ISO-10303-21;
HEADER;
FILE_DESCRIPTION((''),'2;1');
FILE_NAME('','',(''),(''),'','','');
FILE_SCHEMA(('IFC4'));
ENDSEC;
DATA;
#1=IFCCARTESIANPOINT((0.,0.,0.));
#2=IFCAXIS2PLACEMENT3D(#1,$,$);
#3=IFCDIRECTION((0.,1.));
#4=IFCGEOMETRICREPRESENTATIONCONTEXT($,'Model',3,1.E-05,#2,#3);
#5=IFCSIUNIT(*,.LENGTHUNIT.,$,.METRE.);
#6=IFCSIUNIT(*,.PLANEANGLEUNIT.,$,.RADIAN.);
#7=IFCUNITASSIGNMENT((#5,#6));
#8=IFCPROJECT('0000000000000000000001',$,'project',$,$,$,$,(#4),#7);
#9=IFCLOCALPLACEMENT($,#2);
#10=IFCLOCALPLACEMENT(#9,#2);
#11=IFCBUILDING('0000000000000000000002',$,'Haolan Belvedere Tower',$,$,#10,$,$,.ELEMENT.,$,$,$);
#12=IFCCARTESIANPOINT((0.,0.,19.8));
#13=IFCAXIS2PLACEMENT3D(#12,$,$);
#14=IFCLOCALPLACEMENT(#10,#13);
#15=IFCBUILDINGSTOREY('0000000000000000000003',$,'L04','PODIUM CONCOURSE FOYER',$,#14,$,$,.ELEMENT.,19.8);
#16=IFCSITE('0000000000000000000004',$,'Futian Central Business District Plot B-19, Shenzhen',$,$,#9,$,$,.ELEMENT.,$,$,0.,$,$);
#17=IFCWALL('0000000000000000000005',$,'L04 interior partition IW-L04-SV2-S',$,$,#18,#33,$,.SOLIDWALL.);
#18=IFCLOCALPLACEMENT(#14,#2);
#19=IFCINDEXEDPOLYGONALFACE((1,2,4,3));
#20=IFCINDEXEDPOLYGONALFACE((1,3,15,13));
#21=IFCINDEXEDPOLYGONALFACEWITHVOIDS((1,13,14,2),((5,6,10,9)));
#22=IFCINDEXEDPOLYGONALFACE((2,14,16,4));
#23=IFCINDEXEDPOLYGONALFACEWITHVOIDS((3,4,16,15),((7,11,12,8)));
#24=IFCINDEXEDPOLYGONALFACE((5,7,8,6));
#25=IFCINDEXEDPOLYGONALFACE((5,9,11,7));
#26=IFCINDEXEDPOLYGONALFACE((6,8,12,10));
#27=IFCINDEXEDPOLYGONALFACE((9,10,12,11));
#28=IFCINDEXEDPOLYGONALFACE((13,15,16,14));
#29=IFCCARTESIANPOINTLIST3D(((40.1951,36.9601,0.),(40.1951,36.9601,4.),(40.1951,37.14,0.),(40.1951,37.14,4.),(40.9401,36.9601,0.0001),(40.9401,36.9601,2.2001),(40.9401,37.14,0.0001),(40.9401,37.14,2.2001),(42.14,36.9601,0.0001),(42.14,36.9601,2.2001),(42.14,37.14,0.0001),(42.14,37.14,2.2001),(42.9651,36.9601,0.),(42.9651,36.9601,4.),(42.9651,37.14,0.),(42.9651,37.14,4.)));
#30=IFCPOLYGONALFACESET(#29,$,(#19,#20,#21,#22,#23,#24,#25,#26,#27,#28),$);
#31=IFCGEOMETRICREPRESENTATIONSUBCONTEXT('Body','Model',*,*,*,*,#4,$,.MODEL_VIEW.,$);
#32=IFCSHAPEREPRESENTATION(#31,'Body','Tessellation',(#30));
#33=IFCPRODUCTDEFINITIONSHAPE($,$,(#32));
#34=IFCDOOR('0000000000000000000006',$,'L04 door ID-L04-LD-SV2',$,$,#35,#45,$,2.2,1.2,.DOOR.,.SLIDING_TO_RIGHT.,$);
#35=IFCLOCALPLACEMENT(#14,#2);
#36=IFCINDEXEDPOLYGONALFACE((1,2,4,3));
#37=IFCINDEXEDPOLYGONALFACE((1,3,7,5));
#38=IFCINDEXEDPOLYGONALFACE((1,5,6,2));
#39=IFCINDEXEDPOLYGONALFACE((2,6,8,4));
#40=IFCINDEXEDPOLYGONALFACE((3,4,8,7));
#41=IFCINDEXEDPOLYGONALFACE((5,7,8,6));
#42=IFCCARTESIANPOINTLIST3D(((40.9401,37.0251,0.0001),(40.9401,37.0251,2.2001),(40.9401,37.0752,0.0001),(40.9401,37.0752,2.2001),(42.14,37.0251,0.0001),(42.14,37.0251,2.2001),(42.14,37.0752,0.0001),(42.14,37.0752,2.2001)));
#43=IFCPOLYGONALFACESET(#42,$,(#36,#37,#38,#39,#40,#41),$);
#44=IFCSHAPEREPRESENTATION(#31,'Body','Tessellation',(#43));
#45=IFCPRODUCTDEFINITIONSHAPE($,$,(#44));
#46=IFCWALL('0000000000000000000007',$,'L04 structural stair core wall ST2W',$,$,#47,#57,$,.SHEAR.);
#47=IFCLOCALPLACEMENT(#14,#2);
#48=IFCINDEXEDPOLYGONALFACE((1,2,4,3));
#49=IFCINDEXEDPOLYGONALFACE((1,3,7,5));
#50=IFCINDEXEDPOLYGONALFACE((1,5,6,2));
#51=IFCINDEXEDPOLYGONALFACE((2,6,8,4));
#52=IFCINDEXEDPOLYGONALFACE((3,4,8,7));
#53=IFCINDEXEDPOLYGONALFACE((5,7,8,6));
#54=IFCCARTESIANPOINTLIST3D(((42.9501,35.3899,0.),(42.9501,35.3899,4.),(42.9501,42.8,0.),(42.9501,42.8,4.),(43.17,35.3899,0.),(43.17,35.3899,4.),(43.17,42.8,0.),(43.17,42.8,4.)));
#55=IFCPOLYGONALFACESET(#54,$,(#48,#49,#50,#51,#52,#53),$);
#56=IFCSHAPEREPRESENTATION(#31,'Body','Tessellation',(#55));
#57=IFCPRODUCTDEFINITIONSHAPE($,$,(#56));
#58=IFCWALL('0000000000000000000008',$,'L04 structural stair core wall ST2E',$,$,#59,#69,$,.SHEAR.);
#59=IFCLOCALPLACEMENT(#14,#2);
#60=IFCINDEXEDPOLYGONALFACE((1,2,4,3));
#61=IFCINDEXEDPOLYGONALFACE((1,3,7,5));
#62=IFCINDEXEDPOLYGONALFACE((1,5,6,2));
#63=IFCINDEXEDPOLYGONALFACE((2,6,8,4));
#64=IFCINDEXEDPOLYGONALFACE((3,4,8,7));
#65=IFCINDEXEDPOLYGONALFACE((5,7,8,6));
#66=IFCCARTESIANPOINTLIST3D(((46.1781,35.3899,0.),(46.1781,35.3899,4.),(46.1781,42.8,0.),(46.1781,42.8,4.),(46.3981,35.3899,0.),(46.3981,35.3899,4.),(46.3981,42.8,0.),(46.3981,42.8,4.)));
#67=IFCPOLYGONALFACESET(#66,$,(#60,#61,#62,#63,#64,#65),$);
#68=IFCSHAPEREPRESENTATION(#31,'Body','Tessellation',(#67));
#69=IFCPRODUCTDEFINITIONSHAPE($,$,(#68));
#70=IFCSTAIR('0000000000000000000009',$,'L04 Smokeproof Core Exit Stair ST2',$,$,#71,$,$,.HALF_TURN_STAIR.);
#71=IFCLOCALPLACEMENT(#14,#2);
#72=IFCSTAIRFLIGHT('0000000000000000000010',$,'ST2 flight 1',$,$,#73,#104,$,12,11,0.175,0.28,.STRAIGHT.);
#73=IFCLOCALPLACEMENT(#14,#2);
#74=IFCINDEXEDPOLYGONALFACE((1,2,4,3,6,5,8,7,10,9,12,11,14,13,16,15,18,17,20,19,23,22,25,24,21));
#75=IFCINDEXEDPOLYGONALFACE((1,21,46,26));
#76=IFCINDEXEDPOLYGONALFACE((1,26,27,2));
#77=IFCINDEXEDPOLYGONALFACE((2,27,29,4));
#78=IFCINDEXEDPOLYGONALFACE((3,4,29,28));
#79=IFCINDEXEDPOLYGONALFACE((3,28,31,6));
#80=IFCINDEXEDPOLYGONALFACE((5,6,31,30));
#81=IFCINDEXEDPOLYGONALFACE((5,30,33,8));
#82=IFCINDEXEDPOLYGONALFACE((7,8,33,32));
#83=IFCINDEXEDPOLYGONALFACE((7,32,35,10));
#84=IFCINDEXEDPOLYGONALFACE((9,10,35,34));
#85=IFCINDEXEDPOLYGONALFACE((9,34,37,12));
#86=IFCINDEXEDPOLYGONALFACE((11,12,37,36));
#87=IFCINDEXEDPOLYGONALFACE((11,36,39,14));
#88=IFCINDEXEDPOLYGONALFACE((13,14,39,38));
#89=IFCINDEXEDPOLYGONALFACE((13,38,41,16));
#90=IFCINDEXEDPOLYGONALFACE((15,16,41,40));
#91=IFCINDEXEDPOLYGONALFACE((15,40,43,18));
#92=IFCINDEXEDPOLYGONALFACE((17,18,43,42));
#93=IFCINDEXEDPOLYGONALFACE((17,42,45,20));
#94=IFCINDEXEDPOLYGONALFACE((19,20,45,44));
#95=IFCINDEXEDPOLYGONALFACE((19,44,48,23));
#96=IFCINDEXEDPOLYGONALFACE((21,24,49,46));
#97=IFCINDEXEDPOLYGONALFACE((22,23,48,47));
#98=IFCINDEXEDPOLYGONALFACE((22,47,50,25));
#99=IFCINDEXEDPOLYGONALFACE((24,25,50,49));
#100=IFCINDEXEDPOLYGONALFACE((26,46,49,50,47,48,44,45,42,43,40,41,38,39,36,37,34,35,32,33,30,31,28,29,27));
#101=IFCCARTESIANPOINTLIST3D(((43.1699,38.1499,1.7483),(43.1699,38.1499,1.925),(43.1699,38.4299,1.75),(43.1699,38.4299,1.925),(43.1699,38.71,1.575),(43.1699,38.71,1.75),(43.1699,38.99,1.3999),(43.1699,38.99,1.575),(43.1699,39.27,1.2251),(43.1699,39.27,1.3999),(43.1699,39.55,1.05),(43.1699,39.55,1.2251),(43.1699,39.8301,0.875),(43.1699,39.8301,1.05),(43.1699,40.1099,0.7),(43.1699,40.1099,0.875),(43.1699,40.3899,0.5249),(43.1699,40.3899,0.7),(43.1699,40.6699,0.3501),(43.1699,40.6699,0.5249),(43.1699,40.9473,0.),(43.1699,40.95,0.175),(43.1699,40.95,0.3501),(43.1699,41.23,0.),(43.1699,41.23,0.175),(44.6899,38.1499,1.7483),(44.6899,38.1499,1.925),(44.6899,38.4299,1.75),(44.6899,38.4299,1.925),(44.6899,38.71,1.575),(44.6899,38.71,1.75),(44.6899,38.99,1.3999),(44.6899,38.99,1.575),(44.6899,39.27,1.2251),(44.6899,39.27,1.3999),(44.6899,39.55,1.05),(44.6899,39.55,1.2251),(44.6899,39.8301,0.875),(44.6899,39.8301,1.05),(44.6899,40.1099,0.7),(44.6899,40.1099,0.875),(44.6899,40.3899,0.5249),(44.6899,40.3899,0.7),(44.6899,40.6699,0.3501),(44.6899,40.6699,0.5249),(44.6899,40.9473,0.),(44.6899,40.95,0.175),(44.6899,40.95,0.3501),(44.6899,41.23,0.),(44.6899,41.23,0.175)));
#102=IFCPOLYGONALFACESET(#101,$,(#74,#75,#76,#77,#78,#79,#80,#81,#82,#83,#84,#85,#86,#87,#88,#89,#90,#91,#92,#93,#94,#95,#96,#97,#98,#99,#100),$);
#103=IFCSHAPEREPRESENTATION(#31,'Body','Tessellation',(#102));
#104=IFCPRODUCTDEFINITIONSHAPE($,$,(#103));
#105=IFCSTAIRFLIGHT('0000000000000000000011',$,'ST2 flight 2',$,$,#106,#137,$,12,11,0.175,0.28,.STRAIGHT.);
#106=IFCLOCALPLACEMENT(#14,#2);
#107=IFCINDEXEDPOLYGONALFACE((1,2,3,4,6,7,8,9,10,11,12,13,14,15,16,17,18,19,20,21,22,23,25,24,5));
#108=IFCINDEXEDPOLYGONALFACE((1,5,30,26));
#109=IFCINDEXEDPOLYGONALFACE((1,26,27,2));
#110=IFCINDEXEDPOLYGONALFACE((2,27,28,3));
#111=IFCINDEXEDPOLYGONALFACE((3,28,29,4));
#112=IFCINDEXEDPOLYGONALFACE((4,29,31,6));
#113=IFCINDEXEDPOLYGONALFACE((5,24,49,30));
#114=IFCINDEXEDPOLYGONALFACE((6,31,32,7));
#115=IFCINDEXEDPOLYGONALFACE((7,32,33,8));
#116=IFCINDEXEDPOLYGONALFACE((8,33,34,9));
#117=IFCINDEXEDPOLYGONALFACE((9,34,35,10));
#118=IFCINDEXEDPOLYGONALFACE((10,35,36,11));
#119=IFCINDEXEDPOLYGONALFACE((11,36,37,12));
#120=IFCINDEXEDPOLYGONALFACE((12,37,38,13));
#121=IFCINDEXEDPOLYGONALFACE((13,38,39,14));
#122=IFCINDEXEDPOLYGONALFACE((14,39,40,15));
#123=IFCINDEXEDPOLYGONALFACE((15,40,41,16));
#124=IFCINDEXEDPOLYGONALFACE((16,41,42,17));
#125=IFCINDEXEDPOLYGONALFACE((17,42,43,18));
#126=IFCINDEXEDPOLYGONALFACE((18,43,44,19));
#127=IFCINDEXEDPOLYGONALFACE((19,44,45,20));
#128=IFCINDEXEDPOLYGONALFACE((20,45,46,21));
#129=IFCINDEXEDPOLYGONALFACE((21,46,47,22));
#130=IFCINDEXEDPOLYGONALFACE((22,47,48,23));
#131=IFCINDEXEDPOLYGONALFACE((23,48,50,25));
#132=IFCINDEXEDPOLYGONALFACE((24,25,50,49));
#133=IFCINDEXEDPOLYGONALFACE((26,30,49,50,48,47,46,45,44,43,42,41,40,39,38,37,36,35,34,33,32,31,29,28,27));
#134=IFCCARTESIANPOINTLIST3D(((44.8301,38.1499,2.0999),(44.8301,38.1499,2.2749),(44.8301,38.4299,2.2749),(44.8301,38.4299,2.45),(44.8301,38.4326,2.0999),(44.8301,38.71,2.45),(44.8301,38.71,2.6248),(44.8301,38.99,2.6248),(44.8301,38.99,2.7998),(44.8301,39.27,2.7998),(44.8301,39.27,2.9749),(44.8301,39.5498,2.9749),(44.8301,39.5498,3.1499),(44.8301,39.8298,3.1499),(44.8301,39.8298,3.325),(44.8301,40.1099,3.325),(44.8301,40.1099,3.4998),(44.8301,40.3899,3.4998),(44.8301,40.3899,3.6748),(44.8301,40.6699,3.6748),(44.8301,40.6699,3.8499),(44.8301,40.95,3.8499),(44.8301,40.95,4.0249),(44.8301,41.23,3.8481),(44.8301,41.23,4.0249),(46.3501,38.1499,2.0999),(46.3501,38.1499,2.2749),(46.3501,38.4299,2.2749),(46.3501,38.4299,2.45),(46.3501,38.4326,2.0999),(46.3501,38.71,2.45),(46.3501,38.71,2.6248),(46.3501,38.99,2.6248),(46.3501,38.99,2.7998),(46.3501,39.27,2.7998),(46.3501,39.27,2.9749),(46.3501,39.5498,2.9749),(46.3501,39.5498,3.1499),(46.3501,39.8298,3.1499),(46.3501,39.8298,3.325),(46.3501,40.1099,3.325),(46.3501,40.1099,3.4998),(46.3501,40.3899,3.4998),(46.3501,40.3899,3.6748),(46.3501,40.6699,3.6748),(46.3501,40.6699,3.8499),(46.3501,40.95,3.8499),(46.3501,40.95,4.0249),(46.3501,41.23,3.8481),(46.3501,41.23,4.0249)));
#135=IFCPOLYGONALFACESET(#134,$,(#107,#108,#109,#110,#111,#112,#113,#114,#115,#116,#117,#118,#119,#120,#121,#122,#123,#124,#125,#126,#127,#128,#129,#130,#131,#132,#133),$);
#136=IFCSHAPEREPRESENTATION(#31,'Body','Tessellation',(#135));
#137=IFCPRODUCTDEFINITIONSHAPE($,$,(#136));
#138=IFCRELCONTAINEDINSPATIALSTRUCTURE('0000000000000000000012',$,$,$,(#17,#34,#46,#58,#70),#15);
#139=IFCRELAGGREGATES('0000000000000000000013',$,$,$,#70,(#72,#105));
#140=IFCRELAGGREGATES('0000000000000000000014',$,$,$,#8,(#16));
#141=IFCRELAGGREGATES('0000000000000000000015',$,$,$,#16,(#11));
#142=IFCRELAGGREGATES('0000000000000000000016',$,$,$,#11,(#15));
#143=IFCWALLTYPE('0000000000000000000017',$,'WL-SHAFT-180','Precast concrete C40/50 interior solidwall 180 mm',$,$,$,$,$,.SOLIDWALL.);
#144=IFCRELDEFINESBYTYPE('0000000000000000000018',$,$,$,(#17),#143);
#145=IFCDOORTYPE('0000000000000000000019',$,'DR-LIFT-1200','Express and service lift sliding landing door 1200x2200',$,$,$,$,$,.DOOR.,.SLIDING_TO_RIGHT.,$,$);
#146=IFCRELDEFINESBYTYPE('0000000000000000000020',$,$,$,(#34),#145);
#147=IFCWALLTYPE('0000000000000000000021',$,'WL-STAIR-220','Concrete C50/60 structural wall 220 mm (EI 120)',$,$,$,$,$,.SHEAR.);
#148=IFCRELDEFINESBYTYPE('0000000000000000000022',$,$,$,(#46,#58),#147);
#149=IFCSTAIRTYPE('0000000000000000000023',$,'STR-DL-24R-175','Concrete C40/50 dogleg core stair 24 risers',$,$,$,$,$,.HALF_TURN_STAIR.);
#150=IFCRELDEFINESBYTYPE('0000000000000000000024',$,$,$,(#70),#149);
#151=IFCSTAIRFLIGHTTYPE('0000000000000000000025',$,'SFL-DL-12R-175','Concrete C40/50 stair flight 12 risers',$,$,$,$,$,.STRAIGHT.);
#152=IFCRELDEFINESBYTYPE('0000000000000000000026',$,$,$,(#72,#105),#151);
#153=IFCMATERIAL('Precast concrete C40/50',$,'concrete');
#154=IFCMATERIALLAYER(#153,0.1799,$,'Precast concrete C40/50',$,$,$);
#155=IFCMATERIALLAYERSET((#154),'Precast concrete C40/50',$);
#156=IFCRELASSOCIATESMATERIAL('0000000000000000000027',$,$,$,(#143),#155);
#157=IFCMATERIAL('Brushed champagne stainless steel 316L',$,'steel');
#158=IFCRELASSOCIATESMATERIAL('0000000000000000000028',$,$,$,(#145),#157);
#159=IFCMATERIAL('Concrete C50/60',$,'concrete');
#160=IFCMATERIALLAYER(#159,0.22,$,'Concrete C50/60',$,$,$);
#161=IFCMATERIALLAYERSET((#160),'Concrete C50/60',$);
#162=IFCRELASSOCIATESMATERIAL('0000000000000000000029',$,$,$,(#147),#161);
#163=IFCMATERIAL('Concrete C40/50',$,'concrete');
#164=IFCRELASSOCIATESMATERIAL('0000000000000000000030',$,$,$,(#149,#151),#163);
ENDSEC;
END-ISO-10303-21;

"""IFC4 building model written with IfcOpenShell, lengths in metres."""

from ifc_helpers import new_model, si_unit, direction, frame, frame_2d, origin, place, context, subcontext, project, spatial, polyline, rectangle, outline, extrude, material, layer, layer_set, type_object, element, fill, aggregate, save


model = new_model("IFC4")

# Units and contexts
model_context = context("Model", 3, precision=1e-05, world=origin(), true_north=direction((0.0, 1.0)))
body_context = subcontext(model_context, "Body", "Model", "MODEL_VIEW")
ifc_project = project(units=[si_unit("LENGTHUNIT", "METRE"), si_unit("PLANEANGLEUNIT", "RADIAN")], contexts=[model_context])

# Site, building, storey
site_placement = place(None, origin())
site = spatial("IfcSite", under=ifc_project, at=site_placement, Name="Futian Central Business District Plot B-19, Shenzhen", CompositionType="ELEMENT", RefElevation=0.0)
building_placement = place(site_placement, origin())
building = spatial("IfcBuilding", under=site, at=building_placement, Name="Haolan Belvedere Tower", CompositionType="ELEMENT")
storey_placement = place(building_placement, frame((0.0, 0.0, 19.8)))
storey = spatial("IfcBuildingStorey", under=building, at=storey_placement, Name="L04", Description="PODIUM CONCOURSE FOYER", CompositionType="ELEMENT", Elevation=19.8)

# Shared definitions
ifc_material_1 = material(Name="Concrete C50/60", Category="concrete")

# Shared definitions
ifc_material_2 = material(Name="Concrete C40/50", Category="concrete")

# Shared definitions
ifc_material_3 = material(Name="Precast concrete C40/50", Category="concrete")
ifc_layer_1 = layer(ifc_material_3, 0.1799, Name="Precast concrete C40/50")
ifc_layer_set_1 = layer_set([ifc_layer_1], Name="Precast concrete C40/50")
wall_type_1 = type_object("IfcWallType", Name="WL-SHAFT-180", Description="Precast concrete C40/50 interior solidwall 180 mm", PredefinedType="SOLIDWALL", material=ifc_layer_set_1)

# Wall, opening, door
wall_1_placement = place(storey_placement, frame((40.1951, 37.05, 0.0), z_axis=(0.0, 0.0, 1.0), x_axis=(1.0, 0.0, 0.0)))
wall_1 = element("IfcWall", 1, at=wall_1_placement, inside=storey, type_object=wall_type_1, Name="L04 interior partition IW-L04-SV2-S", PredefinedType="SOLIDWALL", context=body_context, shape_type="SweptSolid", body=[
    extrude(rectangle(XDim=2.77, YDim=0.1799, at=frame_2d((1.385, 0.0))), origin(), (0.0, 0.0, 1.0), 4.0),
])
opening_1_placement = place(wall_1_placement, frame((1.9451, 0.0, 0.0), z_axis=(0.0, 0.0, 1.0), x_axis=(-1.0, 0.0, 0.0)))
opening_1 = element("IfcOpeningElement", 2, at=opening_1_placement, cuts=wall_1, PredefinedType="OPENING", context=body_context, shape_type="SweptSolid", body=[
    extrude(rectangle(XDim=1.2, YDim=2.2, at=frame_2d((0.6001, 1.1001))), frame((0.0, 0.0999, 0.0), z_axis=(0.0, -1.0, 0.0), x_axis=(1.0, 0.0, 0.0)), (0.0, 0.0, 1.0), 0.2),
])
ifc_material_4 = material(Name="Brushed champagne stainless steel 316L", Category="steel")
door_type_1 = type_object("IfcDoorType", Name="DR-LIFT-1200", Description="Express and service lift sliding landing door 1200x2200", OperationType="SLIDING_TO_RIGHT", PredefinedType="DOOR", material=ifc_material_4)
door_1_placement = place(opening_1_placement, origin())
door_1 = element("IfcDoor", 3, at=door_1_placement, inside=storey, type_object=door_type_1, Name="L04 door ID-L04-LD-SV2", OperationType="SLIDING_TO_RIGHT", OverallHeight=2.2, OverallWidth=1.2, PredefinedType="DOOR", context=body_context, shape_type="SweptSolid", body=[
    extrude(rectangle(XDim=1.2, YDim=2.2, at=frame_2d((0.6001, 1.1001))), frame((0.0, 0.0249, 0.0), z_axis=(0.0, -1.0, 0.0), x_axis=(1.0, 0.0, 0.0)), (0.0, 0.0, 1.0), 0.05),
])
fill(opening_1, door_1)

# Walls
ifc_layer_2 = layer(ifc_material_1, 0.22, Name="Concrete C50/60")
ifc_layer_set_2 = layer_set([ifc_layer_2], Name="Concrete C50/60")
wall_type_2 = type_object("IfcWallType", Name="WL-STAIR-220", Description="Concrete C50/60 structural wall 220 mm (EI 120)", PredefinedType="SHEAR", material=ifc_layer_set_2)
for number, where, z_axis, x_axis, name in (
    (4, (43.0601, 35.3899, 0.0), (0.0, 0.0, 1.0), (0.0, 1.0, 0.0), "L04 structural stair core wall ST2W"),
    (5, (46.2881, 35.3899, 0.0), (0.0, 0.0, 1.0), (0.0, 1.0, 0.0), "L04 structural stair core wall ST2E"),
):
    element("IfcWall", number, at=place(storey_placement, frame(where, z_axis=z_axis, x_axis=x_axis)), inside=storey, type_object=wall_type_2, Name=name, PredefinedType="SHEAR", context=body_context, shape_type="SweptSolid", body=[
        extrude(rectangle(XDim=7.4102, YDim=0.22, at=frame_2d((3.7051, 0.0))), origin(), (0.0, 0.0, 1.0), 4.0),
    ])

# Stair, stair flights
stair_type = type_object("IfcStairType", Name="STR-DL-24R-175", Description="Concrete C40/50 dogleg core stair 24 risers", PredefinedType="HALF_TURN_STAIR", material=ifc_material_2)
stair_placement = place(storey_placement, origin())
stair = element("IfcStair", 6, at=stair_placement, inside=storey, type_object=stair_type, Name="L04 Smokeproof Core Exit Stair ST2", PredefinedType="HALF_TURN_STAIR")
stair_flight_type = type_object("IfcStairFlightType", Name="SFL-DL-12R-175", Description="Concrete C40/50 stair flight 12 risers", PredefinedType="STRAIGHT", material=ifc_material_2)
stair_flight_1_placement = place(storey_placement, frame((43.9299, 41.23, 0.0), z_axis=(0.0, 0.0, 1.0), x_axis=(0.0, -1.0, 0.0)))
stair_flight_1 = element("IfcStairFlight", 7, at=stair_flight_1_placement, type_object=stair_flight_type, Name="ST2 flight 1", NumberOfRisers=12, NumberOfTreads=11, PredefinedType="STRAIGHT", RiserHeight=0.175, TreadLength=0.28, context=body_context, shape_type="SweptSolid", body=[
    extrude(outline(polyline([(0.0, 0.0), (0.0, 0.175), (0.28, 0.175), (0.28, 0.3501), (0.5601, 0.3501), (0.5601, 0.5249), (0.8401, 0.5249), (0.8401, 0.7), (1.1201, 0.7), (1.1201, 0.875), (1.3999, 0.875), (1.3999, 1.05), (1.6799, 1.05), (1.6799, 1.2251), (1.96, 1.2251), (1.96, 1.3999), (2.24, 1.3999), (2.24, 1.575), (2.52, 1.575), (2.52, 1.75), (2.8, 1.75), (2.8, 1.925), (3.0801, 1.925), (3.0801, 2.1001), (3.0801, 1.7483), (0.2827, 0.0), (0.0, 0.0)])), frame((0.0, 0.76, 0.0), z_axis=(0.0, -1.0, 0.0), x_axis=(1.0, 0.0, 0.0)), (0.0, 0.0, 1.0), 1.52),
])
stair_flight_2_placement = place(storey_placement, frame((45.5901, 38.1499, 2.0999), z_axis=(0.0, 0.0, 1.0), x_axis=(0.0, 1.0, 0.0)))
stair_flight_2 = element("IfcStairFlight", 8, at=stair_flight_2_placement, type_object=stair_flight_type, Name="ST2 flight 2", NumberOfRisers=12, NumberOfTreads=11, PredefinedType="STRAIGHT", RiserHeight=0.175, TreadLength=0.28, context=body_context, shape_type="SweptSolid", body=[
    extrude(outline(polyline([(0.0, 0.0), (0.0, 0.175), (0.28, 0.175), (0.28, 0.3501), (0.5601, 0.3501), (0.5601, 0.5249), (0.8401, 0.5249), (0.8401, 0.7), (1.1201, 0.7), (1.1201, 0.875), (1.3999, 0.875), (1.3999, 1.05), (1.6799, 1.05), (1.6799, 1.2251), (1.96, 1.2251), (1.96, 1.3999), (2.24, 1.3999), (2.24, 1.575), (2.52, 1.575), (2.52, 1.75), (2.8, 1.75), (2.8, 1.925), (3.0801, 1.925), (3.0801, 2.1001), (3.0801, 1.7483), (0.2827, 0.0), (0.0, 0.0)])), frame((0.0, 0.76, 0.0), z_axis=(0.0, -1.0, 0.0), x_axis=(1.0, 0.0, 0.0)), (0.0, 0.0, 1.0), 1.52),
])
aggregate(stair, [stair_flight_1, stair_flight_2])

save(model, "model.ifc")
